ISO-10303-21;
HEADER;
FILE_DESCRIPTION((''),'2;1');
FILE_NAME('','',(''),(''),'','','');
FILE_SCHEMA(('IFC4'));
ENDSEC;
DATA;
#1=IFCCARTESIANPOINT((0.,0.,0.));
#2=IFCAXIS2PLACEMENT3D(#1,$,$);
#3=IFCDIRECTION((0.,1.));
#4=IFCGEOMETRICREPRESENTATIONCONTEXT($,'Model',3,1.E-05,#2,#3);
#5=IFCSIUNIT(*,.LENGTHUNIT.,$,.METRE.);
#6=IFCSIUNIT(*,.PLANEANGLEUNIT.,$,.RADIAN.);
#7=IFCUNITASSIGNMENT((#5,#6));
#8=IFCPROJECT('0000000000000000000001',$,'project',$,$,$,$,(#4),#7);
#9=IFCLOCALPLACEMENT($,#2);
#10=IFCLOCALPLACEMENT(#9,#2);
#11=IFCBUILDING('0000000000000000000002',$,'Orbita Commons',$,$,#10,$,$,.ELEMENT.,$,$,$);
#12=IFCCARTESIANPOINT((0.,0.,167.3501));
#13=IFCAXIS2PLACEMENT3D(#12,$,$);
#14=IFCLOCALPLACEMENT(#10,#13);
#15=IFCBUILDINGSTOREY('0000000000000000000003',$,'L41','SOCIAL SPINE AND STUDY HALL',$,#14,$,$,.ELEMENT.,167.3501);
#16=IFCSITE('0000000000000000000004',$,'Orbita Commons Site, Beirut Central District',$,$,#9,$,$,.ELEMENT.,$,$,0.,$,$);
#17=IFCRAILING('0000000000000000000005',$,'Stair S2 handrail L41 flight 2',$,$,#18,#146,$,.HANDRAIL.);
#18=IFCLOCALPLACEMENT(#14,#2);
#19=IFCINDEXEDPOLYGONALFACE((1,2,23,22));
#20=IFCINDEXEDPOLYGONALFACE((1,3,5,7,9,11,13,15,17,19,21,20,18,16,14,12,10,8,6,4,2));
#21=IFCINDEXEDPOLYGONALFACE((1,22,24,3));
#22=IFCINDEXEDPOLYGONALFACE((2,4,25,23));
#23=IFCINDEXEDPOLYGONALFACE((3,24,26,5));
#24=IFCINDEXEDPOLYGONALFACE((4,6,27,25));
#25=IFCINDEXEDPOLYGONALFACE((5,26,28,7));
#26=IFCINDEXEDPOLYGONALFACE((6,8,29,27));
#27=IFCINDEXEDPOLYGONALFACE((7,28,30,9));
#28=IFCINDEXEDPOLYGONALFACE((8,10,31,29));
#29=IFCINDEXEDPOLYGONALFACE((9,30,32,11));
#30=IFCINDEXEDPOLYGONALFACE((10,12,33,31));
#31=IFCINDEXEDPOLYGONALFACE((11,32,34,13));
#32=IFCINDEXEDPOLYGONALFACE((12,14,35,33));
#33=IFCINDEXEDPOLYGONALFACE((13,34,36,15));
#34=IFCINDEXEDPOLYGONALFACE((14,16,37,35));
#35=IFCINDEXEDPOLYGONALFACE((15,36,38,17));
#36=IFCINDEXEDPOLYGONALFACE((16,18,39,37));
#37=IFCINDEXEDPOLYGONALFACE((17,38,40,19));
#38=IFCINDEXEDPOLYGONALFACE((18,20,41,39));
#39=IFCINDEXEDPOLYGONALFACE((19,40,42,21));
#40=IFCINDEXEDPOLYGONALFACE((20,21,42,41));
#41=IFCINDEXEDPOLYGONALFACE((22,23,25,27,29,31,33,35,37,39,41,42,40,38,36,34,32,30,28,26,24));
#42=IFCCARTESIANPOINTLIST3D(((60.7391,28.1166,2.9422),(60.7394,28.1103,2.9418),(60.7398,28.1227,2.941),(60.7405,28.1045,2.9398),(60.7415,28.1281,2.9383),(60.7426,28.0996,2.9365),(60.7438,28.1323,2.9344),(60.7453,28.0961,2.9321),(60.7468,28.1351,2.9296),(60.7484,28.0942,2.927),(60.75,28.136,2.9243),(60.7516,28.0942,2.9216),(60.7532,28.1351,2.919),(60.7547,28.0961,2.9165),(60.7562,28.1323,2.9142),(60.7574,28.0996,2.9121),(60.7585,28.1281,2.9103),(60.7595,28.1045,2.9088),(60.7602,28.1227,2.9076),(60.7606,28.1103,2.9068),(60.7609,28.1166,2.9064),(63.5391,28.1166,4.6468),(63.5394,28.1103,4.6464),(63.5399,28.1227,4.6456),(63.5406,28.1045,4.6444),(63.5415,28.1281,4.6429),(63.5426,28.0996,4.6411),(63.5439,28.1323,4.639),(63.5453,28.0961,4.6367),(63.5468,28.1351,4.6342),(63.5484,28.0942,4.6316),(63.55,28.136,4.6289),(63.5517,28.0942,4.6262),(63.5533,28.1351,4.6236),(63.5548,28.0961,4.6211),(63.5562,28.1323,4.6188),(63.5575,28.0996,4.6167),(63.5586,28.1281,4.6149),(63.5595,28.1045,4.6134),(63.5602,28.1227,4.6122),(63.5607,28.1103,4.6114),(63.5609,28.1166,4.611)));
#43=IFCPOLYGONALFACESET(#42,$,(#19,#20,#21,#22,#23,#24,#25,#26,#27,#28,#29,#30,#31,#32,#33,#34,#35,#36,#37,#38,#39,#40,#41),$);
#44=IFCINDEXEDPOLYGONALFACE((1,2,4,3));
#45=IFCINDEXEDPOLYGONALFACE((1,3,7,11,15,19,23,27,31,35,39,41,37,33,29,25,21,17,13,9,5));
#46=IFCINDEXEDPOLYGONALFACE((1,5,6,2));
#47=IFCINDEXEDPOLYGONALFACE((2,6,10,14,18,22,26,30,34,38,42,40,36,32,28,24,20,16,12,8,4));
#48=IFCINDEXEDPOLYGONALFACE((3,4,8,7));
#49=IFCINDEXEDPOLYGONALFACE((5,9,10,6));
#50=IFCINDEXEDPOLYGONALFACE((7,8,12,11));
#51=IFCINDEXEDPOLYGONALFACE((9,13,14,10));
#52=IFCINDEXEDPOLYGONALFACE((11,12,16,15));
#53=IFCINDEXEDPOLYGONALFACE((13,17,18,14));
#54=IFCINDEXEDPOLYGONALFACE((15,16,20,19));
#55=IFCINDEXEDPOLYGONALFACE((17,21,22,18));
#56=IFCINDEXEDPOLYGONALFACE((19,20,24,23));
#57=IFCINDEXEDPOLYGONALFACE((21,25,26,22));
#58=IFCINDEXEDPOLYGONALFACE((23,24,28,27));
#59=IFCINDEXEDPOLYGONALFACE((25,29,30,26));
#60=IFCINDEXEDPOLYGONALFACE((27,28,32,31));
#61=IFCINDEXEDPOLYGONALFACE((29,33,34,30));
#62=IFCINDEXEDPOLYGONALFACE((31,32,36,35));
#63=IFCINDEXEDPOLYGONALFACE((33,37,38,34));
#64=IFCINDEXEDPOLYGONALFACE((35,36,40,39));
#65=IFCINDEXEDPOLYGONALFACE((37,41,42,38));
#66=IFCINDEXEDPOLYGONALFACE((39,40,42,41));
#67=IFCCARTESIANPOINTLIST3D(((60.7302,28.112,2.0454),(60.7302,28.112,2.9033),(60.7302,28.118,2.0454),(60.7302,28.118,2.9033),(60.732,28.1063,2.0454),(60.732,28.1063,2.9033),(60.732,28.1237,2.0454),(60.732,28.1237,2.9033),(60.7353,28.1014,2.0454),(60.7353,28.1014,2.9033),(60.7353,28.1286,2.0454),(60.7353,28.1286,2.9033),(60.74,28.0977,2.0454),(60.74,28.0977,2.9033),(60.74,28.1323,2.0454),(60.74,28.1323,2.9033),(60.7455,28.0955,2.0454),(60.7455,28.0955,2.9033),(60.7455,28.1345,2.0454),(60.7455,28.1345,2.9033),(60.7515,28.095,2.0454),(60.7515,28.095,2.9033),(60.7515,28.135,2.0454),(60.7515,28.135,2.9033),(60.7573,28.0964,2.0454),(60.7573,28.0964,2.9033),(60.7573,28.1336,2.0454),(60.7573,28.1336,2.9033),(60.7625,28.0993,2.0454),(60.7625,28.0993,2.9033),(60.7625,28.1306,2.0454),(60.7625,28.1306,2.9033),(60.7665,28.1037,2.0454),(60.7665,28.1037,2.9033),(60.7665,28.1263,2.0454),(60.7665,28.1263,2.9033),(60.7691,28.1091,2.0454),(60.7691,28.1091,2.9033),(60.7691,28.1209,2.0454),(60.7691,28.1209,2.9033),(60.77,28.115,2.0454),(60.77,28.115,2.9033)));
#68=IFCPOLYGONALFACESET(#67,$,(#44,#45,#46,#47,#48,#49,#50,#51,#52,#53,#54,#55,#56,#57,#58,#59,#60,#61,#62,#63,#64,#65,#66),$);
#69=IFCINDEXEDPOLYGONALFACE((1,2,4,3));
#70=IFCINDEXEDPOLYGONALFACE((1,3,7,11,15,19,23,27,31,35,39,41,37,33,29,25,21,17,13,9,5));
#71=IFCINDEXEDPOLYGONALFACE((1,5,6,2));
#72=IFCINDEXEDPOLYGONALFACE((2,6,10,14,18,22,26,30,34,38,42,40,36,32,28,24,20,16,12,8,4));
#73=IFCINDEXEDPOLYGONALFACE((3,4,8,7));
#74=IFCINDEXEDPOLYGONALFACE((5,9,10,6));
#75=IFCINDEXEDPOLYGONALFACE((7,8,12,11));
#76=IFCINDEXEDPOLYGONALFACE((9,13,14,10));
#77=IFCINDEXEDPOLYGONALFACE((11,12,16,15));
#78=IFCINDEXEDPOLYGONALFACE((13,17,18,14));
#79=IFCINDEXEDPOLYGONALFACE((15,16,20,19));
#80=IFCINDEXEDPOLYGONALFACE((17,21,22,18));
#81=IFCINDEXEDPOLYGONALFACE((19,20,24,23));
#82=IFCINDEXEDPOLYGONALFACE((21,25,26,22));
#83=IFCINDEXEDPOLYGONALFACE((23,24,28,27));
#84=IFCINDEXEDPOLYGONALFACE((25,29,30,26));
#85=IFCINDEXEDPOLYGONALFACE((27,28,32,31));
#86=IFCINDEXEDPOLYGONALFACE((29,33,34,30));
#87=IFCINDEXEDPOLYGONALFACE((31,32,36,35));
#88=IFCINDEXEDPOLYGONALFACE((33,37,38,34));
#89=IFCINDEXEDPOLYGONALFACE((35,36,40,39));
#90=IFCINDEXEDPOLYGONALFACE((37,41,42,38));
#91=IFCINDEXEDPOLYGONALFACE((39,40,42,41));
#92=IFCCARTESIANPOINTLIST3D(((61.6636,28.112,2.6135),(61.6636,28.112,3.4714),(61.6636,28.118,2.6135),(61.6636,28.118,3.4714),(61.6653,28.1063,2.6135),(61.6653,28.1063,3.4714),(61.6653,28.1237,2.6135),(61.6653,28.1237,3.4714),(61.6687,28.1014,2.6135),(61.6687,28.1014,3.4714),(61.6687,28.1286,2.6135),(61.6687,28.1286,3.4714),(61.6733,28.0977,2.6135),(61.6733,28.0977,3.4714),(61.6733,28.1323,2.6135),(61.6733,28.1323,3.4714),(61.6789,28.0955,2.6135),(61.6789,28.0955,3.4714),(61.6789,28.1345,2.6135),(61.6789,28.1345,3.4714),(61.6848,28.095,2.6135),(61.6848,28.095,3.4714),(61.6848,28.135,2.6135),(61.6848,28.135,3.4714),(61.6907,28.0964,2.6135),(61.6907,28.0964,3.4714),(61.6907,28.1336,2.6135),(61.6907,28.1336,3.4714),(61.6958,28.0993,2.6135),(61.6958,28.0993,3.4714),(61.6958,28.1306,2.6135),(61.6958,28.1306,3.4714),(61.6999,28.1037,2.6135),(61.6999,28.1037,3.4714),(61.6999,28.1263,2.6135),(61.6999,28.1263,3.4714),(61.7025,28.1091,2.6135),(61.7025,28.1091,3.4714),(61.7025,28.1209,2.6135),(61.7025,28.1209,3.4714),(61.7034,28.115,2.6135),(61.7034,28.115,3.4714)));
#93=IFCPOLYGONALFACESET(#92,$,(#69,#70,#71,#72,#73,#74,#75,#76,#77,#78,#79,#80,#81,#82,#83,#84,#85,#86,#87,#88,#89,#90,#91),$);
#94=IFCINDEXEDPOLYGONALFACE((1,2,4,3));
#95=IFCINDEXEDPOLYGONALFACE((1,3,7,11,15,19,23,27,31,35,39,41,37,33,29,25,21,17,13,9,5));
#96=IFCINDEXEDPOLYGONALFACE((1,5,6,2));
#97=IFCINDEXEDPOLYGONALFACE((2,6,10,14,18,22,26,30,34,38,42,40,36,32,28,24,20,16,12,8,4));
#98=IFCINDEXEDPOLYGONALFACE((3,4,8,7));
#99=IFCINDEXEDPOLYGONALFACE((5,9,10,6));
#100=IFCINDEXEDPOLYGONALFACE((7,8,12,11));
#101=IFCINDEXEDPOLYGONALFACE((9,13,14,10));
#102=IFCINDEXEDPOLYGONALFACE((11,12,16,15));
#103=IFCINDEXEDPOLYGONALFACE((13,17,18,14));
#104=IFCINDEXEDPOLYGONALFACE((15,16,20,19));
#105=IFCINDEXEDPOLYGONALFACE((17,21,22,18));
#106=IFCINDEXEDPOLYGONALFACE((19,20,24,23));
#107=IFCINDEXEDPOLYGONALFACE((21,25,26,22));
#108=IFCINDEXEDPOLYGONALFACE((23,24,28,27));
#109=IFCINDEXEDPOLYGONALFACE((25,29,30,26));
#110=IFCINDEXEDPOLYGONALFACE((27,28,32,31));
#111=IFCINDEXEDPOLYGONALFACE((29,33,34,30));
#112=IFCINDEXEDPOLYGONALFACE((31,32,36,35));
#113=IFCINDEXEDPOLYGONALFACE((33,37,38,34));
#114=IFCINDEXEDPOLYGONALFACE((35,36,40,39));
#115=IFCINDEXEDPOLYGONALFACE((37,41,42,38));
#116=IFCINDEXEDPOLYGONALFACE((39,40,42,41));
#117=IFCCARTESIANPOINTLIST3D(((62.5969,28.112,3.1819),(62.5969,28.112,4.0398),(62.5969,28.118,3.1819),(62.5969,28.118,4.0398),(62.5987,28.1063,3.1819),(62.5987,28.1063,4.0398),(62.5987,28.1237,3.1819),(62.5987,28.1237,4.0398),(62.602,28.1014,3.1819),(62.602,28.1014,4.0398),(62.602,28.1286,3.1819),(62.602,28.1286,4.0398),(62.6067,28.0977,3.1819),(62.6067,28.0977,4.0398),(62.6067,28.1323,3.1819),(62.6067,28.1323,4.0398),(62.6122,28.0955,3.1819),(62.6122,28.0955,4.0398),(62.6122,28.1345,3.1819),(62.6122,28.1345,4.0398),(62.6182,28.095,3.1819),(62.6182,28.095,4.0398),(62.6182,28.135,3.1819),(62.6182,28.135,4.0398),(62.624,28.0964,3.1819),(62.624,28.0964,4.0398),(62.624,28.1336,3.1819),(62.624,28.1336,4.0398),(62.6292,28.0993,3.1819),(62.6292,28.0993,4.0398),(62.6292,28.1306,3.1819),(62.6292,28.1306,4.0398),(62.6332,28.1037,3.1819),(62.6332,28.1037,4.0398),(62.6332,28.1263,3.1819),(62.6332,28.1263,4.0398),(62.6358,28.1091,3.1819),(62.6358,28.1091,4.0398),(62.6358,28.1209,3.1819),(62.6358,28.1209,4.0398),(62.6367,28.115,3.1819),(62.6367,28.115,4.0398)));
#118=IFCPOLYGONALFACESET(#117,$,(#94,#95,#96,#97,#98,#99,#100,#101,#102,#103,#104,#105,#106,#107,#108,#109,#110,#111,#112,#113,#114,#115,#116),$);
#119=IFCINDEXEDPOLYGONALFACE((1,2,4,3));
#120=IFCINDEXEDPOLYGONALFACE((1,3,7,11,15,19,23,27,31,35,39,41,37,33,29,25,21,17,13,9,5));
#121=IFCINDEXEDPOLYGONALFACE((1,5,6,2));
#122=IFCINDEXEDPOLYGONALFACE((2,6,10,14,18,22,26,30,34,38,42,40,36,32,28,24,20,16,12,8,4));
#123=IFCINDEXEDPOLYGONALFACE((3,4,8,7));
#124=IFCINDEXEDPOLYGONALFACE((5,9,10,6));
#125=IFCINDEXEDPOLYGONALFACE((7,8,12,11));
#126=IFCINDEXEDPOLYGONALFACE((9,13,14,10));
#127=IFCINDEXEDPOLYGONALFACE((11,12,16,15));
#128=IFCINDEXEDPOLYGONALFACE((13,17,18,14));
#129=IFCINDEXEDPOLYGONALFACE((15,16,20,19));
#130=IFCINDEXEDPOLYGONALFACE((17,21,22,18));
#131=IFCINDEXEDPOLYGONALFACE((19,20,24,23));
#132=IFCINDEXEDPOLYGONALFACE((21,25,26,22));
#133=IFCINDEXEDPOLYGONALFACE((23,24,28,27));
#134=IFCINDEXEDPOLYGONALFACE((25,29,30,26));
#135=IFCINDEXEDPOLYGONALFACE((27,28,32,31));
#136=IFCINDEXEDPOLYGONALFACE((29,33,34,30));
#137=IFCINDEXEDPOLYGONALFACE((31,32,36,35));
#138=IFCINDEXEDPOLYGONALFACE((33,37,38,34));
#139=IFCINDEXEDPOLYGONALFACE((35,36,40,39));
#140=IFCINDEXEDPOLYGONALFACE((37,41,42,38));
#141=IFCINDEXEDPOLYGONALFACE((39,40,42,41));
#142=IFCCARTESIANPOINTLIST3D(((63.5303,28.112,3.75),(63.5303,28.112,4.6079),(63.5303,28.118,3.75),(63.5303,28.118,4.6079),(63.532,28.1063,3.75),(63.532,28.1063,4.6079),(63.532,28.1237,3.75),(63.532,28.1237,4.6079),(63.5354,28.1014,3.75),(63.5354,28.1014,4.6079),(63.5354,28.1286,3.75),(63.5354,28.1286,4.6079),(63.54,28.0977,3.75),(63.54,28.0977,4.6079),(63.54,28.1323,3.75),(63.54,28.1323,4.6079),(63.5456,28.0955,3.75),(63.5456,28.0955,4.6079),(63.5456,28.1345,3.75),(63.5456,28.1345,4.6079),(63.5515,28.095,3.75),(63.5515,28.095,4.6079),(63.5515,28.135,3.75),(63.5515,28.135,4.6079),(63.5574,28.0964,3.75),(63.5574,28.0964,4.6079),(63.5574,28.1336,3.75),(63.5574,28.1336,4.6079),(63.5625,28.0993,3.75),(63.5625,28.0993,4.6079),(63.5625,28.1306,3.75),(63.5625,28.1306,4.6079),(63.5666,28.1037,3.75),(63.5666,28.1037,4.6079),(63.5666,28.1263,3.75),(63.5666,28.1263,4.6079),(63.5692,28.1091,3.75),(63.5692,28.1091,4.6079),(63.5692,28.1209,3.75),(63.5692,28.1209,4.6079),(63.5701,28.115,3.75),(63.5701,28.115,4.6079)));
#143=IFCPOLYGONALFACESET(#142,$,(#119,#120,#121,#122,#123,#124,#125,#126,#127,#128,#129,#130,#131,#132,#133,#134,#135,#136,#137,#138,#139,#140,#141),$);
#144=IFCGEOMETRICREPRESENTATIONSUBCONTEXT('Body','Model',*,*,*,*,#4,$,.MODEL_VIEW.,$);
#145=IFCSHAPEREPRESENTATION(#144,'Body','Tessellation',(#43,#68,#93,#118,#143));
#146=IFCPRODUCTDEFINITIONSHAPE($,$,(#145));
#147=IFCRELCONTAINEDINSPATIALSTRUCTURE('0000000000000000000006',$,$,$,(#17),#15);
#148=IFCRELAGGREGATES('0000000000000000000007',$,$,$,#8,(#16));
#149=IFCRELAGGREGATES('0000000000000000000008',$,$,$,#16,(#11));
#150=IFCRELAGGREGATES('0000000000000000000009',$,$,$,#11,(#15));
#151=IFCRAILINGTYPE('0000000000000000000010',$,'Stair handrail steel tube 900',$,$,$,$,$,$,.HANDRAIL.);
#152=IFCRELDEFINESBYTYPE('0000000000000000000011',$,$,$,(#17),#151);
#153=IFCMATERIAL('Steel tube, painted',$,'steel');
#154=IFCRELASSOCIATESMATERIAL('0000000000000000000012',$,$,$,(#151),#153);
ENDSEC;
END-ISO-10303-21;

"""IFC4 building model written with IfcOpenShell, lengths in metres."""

from ifc_helpers import new_model, si_unit, direction, frame, origin, origin_2d, place, context, subcontext, project, spatial, circle, extrude, material, type_object, element, save


model = new_model("IFC4")

# Units and contexts
model_context = context("Model", 3, precision=1e-05, world=origin(), true_north=direction((0.0, 1.0)))
body_context = subcontext(model_context, "Body", "Model", "MODEL_VIEW")
ifc_project = project(units=[si_unit("LENGTHUNIT", "METRE"), si_unit("PLANEANGLEUNIT", "RADIAN")], contexts=[model_context])

# Site, building, storey
site_placement = place(None, origin())
site = spatial("IfcSite", under=ifc_project, at=site_placement, Name="Orbita Commons Site, Beirut Central District", CompositionType="ELEMENT", RefElevation=0.0)
building_placement = place(site_placement, origin())
building = spatial("IfcBuilding", under=site, at=building_placement, Name="Orbita Commons", CompositionType="ELEMENT")
storey_placement = place(building_placement, frame((0.0, 0.0, 167.3501)))
storey = spatial("IfcBuildingStorey", under=building, at=storey_placement, Name="L41", Description="SOCIAL SPINE AND STUDY HALL", CompositionType="ELEMENT", Elevation=167.3501)

# Railing
ifc_material_1 = material(Name="Steel tube, painted", Category="steel")
railing_type = type_object("IfcRailingType", Name="Stair handrail steel tube 900", PredefinedType="HANDRAIL", material=ifc_material_1)
for number, where, name in (
    (1, (60.75, 28.115, 2.0454), "Stair S2 handrail L41 flight 2"),
):
    element("IfcRailing", number, at=place(storey_placement, frame(where)), inside=storey, type_object=railing_type, Name=name, PredefinedType="HANDRAIL", context=body_context, shape_type="SweptSolid", body=[
        extrude(circle(Radius=0.021, at=origin_2d()), frame((0.0, 0.0, 0.8789), z_axis=(0.85417, 0.0, 0.519994), x_axis=(0.0, 1.0, 0.0)), (0.0, 0.0, 1.0), 3.2781),
        extrude(circle(Radius=0.02, at=origin_2d()), origin(), (0.0, 0.0, 1.0), 0.8579),
        extrude(circle(Radius=0.02, at=origin_2d()), frame((0.9333, 0.0, 0.5681)), (0.0, 0.0, 1.0), 0.8579),
        extrude(circle(Radius=0.02, at=origin_2d()), frame((1.8667, 0.0, 1.1365)), (0.0, 0.0, 1.0), 0.8579),
        extrude(circle(Radius=0.02, at=origin_2d()), frame((2.8, 0.0, 1.7046)), (0.0, 0.0, 1.0), 0.8579),
    ])

save(model, "model.ifc")
